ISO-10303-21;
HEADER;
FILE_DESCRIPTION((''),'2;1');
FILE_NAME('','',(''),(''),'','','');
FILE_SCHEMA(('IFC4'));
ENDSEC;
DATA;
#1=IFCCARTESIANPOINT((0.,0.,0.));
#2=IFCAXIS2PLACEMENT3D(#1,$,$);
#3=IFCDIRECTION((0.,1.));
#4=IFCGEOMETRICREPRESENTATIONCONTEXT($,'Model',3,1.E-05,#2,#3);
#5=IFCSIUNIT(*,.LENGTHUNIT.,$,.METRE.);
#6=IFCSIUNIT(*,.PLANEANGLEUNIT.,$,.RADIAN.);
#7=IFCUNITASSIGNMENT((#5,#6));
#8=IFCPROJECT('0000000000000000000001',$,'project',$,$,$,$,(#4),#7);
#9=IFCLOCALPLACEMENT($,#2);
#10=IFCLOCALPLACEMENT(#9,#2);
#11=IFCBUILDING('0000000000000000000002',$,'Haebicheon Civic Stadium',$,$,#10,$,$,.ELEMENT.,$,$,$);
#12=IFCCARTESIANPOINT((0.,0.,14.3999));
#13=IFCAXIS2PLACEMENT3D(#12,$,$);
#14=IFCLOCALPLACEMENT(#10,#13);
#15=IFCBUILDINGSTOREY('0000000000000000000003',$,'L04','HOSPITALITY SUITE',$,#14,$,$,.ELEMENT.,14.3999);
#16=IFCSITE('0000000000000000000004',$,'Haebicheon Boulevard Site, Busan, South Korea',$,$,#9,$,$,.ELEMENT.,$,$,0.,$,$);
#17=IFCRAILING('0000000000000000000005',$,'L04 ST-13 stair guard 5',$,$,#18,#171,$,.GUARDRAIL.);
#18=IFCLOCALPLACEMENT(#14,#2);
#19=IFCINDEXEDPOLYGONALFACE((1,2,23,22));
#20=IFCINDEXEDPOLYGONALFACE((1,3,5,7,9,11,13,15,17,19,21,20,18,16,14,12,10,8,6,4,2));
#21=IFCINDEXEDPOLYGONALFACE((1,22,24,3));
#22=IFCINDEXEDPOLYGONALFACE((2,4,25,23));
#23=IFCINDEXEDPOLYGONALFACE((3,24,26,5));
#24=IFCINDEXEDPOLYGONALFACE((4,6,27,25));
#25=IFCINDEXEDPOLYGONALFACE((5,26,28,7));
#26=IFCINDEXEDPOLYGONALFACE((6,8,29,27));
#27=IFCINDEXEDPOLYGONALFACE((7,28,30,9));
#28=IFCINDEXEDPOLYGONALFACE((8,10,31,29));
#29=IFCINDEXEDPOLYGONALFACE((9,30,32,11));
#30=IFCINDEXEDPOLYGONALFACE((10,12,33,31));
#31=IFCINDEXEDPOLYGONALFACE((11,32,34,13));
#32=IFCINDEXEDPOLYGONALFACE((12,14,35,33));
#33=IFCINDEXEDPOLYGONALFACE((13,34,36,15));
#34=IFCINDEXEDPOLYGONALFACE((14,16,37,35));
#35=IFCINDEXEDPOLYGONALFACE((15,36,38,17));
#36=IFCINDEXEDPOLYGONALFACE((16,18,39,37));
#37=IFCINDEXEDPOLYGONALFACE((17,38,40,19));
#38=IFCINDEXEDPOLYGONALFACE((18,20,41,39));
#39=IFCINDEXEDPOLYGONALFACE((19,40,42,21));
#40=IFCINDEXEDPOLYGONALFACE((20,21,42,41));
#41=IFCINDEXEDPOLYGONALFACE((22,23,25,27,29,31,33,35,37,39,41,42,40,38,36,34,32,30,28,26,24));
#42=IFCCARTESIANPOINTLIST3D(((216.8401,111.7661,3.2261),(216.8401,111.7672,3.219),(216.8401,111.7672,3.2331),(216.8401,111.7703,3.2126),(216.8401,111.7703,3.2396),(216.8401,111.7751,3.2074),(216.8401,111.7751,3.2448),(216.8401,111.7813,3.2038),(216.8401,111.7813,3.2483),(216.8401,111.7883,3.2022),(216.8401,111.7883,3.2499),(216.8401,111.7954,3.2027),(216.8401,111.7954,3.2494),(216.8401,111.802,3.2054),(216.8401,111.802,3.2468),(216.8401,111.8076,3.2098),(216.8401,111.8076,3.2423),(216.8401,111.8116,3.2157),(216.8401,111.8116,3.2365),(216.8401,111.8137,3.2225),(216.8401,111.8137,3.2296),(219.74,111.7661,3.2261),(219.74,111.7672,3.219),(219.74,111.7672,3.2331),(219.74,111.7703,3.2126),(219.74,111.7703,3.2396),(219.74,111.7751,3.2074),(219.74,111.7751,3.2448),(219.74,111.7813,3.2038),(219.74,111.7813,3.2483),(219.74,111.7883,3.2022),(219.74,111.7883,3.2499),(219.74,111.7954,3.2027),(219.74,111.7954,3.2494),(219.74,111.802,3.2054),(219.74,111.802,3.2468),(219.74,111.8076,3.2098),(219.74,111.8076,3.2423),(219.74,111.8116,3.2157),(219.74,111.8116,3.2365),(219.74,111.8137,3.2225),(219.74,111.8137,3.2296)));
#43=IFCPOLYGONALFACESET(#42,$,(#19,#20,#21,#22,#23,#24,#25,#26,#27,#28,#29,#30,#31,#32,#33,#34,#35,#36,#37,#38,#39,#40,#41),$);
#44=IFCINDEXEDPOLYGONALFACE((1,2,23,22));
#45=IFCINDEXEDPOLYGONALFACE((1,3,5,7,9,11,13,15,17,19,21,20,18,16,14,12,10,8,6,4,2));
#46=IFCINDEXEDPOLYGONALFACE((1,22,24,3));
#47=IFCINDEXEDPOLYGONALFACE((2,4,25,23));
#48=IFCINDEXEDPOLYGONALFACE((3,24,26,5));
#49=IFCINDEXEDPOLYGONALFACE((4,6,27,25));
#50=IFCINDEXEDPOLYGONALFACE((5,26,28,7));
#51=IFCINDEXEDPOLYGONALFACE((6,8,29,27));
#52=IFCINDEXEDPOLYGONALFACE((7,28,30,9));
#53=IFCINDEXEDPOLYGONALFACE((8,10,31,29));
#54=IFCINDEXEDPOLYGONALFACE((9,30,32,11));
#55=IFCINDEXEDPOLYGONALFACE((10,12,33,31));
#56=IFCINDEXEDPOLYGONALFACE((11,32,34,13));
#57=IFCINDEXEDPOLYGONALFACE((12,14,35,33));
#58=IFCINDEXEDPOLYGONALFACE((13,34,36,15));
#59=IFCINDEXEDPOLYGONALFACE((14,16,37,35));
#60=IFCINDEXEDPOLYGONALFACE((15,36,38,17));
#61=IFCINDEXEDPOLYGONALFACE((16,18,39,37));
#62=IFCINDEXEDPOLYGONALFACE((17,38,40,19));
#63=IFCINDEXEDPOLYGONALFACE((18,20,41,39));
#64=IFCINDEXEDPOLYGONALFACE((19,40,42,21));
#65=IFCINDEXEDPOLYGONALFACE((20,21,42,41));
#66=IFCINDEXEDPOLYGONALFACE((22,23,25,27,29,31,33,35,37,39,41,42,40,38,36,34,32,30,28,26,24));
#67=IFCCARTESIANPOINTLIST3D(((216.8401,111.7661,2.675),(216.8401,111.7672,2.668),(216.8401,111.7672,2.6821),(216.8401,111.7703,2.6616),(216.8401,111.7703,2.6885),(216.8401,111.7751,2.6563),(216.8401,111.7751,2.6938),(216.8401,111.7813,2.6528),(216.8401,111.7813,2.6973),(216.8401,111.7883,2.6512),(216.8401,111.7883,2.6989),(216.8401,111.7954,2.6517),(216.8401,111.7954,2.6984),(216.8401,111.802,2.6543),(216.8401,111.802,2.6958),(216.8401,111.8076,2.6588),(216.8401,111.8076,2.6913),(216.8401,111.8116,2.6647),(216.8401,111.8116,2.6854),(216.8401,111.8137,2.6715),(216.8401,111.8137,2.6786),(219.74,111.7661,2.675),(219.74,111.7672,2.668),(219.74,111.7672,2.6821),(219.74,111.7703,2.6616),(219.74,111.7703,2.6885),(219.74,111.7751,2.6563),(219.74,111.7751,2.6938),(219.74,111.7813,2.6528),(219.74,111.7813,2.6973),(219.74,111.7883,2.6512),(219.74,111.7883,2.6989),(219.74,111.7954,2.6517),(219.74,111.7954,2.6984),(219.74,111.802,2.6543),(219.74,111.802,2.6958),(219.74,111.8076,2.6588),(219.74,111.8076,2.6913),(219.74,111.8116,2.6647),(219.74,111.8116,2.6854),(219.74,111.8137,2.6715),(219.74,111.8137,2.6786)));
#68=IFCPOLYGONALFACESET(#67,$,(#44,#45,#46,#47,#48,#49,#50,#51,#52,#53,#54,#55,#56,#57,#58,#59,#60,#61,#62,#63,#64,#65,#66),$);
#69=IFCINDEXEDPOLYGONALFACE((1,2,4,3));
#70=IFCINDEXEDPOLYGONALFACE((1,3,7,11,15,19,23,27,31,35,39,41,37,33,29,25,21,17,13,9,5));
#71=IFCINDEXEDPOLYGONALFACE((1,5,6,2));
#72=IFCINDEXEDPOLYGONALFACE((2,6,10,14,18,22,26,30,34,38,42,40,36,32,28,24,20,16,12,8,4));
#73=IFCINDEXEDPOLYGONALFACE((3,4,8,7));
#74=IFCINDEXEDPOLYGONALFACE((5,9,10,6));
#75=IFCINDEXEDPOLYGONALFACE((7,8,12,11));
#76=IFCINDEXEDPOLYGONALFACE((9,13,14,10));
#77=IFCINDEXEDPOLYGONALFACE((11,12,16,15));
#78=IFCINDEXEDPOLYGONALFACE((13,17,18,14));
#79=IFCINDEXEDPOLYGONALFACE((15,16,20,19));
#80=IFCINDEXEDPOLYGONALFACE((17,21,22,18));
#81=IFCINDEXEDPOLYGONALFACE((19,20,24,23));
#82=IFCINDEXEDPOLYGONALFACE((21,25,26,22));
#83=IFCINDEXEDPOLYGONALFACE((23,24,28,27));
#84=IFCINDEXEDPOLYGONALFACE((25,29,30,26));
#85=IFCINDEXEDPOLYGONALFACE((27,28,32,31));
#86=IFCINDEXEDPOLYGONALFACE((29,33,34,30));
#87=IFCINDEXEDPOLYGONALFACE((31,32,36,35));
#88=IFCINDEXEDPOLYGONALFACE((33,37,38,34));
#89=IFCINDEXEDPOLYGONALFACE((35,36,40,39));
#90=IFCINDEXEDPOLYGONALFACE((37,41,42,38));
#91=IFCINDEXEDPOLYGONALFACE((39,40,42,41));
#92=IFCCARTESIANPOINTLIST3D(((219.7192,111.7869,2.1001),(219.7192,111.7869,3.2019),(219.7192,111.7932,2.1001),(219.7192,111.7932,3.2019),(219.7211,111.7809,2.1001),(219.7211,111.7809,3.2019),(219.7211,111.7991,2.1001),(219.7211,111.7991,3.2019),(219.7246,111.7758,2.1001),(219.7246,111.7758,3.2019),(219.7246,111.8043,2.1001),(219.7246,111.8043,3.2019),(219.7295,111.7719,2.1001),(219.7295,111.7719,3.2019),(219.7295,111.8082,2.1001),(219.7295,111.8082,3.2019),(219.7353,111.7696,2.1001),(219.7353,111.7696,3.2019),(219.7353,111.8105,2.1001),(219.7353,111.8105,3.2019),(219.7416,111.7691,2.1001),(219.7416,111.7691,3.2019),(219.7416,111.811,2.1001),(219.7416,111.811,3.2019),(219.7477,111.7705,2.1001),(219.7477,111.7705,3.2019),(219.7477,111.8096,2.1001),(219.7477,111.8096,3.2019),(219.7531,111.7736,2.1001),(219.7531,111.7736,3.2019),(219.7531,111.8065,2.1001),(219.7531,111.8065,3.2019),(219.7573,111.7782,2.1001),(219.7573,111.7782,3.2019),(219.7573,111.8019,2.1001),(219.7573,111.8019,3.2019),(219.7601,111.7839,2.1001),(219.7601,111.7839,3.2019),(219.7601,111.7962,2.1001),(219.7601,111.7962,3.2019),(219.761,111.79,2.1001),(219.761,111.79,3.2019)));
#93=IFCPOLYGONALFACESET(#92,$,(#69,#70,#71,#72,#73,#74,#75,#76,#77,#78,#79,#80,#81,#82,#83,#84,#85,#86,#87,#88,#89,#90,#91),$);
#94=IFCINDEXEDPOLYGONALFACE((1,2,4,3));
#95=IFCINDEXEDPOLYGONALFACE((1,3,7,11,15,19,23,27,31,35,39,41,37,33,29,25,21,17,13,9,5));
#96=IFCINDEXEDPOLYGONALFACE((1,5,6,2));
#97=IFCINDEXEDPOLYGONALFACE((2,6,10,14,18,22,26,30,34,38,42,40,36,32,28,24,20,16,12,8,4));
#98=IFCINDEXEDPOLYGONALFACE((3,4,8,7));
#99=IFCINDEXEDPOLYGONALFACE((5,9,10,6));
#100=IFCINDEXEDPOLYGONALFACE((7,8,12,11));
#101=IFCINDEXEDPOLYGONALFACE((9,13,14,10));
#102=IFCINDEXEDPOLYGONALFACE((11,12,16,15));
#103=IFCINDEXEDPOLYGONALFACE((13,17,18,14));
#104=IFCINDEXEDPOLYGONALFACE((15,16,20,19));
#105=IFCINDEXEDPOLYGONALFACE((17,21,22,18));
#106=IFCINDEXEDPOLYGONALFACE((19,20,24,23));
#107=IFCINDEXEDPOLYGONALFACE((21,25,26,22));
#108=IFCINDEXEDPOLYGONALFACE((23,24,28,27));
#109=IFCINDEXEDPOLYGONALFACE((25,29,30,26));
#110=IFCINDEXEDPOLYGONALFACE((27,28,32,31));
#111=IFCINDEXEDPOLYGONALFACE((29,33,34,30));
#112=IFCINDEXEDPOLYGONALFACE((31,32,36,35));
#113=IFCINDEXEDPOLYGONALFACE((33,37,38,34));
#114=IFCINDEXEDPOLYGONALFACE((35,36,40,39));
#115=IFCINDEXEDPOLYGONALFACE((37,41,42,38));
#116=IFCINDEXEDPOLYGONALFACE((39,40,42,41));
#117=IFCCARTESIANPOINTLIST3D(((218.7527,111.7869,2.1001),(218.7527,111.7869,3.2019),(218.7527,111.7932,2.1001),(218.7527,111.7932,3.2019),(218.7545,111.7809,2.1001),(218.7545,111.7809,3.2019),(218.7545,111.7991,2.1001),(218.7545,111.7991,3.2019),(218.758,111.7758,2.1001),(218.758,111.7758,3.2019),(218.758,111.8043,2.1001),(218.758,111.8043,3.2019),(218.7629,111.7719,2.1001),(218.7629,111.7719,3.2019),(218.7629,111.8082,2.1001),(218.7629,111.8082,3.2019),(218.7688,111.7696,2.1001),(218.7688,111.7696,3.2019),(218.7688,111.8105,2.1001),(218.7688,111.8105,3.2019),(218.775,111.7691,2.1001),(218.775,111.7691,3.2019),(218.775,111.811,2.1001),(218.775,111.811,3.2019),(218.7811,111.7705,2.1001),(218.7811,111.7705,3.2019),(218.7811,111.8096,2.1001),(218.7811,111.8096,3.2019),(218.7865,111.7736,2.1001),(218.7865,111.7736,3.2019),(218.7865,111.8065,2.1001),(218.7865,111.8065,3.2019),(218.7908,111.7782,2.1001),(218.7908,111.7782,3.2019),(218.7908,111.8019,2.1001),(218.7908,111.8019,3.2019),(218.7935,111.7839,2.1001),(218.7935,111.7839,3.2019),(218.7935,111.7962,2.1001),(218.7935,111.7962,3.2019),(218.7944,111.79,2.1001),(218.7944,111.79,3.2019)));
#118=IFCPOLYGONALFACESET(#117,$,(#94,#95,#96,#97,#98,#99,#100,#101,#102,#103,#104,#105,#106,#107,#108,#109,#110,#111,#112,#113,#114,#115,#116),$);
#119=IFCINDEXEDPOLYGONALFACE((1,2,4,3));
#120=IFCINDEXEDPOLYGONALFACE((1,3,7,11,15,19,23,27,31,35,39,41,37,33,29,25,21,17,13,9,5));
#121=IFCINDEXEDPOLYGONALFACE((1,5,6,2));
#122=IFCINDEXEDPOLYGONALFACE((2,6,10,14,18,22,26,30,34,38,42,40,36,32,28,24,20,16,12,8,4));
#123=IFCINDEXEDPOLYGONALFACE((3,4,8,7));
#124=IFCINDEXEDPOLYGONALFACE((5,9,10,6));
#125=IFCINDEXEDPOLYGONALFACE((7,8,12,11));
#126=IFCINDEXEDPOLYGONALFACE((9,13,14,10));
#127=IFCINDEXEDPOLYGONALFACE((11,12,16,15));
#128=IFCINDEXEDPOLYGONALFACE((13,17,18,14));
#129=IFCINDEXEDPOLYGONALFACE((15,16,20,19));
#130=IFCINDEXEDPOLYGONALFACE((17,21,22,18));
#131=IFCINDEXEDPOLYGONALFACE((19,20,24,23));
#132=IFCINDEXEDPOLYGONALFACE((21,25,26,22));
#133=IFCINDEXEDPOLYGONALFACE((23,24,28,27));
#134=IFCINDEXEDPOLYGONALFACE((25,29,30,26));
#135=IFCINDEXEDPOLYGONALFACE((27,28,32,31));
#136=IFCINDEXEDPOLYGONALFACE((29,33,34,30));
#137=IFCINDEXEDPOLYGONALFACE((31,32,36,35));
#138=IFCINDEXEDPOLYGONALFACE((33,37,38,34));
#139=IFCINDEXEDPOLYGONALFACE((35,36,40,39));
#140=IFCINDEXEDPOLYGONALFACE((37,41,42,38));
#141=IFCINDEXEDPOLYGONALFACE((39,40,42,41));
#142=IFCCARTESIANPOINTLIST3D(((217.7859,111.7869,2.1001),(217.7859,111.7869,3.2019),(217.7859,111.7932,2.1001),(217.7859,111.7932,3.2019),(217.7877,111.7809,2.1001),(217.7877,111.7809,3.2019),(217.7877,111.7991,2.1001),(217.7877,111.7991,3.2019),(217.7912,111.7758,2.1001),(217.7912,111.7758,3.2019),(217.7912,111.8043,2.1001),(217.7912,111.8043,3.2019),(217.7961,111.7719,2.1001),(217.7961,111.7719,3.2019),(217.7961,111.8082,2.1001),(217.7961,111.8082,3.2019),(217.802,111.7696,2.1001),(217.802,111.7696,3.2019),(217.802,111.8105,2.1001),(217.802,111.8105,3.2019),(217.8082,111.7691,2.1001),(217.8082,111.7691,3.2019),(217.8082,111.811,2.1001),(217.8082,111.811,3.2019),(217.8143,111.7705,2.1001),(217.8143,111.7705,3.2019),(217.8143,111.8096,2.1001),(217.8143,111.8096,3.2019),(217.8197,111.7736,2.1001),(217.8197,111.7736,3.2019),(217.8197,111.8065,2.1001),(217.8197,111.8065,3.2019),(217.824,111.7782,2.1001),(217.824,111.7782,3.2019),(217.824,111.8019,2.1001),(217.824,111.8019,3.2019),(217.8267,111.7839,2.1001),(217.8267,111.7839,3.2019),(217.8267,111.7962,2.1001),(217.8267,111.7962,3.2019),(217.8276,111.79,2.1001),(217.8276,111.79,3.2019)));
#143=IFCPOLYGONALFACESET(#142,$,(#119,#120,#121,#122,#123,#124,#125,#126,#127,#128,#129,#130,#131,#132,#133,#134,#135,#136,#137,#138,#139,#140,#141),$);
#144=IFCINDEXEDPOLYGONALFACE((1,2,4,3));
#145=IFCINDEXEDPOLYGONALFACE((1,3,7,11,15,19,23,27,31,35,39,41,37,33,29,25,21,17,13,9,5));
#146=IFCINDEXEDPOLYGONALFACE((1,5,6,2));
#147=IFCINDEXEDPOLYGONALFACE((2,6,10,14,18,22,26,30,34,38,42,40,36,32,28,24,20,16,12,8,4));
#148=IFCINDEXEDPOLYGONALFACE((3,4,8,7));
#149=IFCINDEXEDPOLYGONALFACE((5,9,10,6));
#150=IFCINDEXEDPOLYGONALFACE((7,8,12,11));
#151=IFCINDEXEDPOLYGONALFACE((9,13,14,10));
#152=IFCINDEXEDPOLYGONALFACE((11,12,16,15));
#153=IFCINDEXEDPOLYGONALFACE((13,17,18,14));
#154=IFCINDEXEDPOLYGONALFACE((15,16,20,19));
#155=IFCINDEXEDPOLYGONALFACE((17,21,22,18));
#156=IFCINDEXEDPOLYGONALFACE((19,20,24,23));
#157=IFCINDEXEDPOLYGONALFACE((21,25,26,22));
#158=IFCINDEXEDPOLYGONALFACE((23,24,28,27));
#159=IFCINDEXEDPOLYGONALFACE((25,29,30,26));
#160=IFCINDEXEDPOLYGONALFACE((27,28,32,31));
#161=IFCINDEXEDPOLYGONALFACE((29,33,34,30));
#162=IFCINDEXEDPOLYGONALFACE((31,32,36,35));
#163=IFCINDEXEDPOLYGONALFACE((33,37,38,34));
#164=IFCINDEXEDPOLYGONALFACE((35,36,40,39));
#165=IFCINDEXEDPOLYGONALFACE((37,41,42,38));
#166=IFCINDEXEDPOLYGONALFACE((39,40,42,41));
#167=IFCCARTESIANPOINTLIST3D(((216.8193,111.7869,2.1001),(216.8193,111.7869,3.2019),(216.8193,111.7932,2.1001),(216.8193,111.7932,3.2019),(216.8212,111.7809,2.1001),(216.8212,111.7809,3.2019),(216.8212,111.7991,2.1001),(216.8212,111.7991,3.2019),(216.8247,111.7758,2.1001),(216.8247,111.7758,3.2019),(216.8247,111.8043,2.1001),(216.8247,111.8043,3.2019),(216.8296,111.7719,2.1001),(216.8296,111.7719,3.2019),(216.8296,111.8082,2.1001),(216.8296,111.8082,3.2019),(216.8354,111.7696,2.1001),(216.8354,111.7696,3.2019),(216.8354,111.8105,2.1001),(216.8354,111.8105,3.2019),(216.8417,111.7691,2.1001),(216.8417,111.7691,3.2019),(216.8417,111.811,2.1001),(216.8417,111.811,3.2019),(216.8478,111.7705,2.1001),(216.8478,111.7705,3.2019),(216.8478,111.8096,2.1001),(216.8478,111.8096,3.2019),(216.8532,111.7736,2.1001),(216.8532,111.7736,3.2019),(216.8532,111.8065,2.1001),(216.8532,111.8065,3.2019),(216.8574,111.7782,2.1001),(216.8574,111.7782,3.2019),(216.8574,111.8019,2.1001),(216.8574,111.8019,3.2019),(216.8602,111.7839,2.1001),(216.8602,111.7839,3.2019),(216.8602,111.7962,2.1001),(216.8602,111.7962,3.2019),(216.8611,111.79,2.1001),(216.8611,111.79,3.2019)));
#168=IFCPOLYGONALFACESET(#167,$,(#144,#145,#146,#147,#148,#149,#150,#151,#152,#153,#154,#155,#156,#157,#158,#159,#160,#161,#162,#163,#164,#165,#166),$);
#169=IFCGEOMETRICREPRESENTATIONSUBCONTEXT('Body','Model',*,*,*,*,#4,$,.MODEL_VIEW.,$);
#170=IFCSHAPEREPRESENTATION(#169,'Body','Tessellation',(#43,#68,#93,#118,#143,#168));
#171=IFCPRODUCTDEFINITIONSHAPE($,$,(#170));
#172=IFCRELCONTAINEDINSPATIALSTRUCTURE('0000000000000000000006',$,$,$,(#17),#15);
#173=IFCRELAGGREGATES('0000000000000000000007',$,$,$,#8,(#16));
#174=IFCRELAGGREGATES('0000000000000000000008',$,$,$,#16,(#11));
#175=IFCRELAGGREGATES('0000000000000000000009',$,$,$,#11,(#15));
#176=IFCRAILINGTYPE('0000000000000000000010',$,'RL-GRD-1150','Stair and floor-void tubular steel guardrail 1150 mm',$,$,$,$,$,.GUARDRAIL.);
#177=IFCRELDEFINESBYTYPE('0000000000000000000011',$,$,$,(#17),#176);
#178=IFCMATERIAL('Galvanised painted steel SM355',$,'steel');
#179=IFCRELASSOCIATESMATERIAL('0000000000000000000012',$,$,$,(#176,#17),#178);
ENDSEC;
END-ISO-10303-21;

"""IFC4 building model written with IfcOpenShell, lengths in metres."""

from ifc_helpers import new_model, si_unit, direction, frame, origin, origin_2d, place, context, subcontext, project, spatial, circle, extrude, material, type_object, element, save


model = new_model("IFC4")

# Units and contexts
model_context = context("Model", 3, precision=1e-05, world=origin(), true_north=direction((0.0, 1.0)))
body_context = subcontext(model_context, "Body", "Model", "MODEL_VIEW")
ifc_project = project(units=[si_unit("LENGTHUNIT", "METRE"), si_unit("PLANEANGLEUNIT", "RADIAN")], contexts=[model_context])

# Site, building, storey
site_placement = place(None, origin())
site = spatial("IfcSite", under=ifc_project, at=site_placement, Name="Haebicheon Boulevard Site, Busan, South Korea", CompositionType="ELEMENT", RefElevation=0.0)
building_placement = place(site_placement, origin())
building = spatial("IfcBuilding", under=site, at=building_placement, Name="Haebicheon Civic Stadium", CompositionType="ELEMENT")
storey_placement = place(building_placement, frame((0.0, 0.0, 14.3999)))
storey = spatial("IfcBuildingStorey", under=building, at=storey_placement, Name="L04", Description="HOSPITALITY SUITE", CompositionType="ELEMENT", Elevation=14.3999)

# Railing
ifc_material_1 = material(Name="Galvanised painted steel SM355", Category="steel")
railing_type_1 = type_object("IfcRailingType", Name="RL-GRD-1150", Description="Stair and floor-void tubular steel guardrail 1150 mm", PredefinedType="GUARDRAIL", material=ifc_material_1)
railing_1_placement = place(storey_placement, frame((219.74, 111.79, 2.1001)))
element("IfcRailing", 1, at=railing_1_placement, inside=storey, type_object=railing_type_1, material=ifc_material_1, Name="L04 ST-13 stair guard 5", PredefinedType="GUARDRAIL", context=body_context, shape_type="SweptSolid", body=[
    extrude(circle(Radius=0.0239, at=origin_2d()), frame((0.0, 0.0, 1.126), z_axis=(-1.0, 0.0, 0.0), x_axis=(0.0, -1.0, 0.0)), (0.0, 0.0, 1.0), 2.8999),
    extrude(circle(Radius=0.0239, at=origin_2d()), frame((0.0, 0.0, 0.575), z_axis=(-1.0, 0.0, 0.0), x_axis=(0.0, -1.0, 0.0)), (0.0, 0.0, 1.0), 2.8999),
    extrude(circle(Radius=0.021, at=origin_2d()), origin(), (0.0, 0.0, 1.0), 1.1018),
    extrude(circle(Radius=0.021, at=origin_2d()), frame((-0.9666, 0.0, 0.0)), (0.0, 0.0, 1.0), 1.1018),
    extrude(circle(Radius=0.021, at=origin_2d()), frame((-1.9333, 0.0, 0.0)), (0.0, 0.0, 1.0), 1.1018),
    extrude(circle(Radius=0.021, at=origin_2d()), frame((-2.8999, 0.0, 0.0)), (0.0, 0.0, 1.0), 1.1018),
])

save(model, "model.ifc")
